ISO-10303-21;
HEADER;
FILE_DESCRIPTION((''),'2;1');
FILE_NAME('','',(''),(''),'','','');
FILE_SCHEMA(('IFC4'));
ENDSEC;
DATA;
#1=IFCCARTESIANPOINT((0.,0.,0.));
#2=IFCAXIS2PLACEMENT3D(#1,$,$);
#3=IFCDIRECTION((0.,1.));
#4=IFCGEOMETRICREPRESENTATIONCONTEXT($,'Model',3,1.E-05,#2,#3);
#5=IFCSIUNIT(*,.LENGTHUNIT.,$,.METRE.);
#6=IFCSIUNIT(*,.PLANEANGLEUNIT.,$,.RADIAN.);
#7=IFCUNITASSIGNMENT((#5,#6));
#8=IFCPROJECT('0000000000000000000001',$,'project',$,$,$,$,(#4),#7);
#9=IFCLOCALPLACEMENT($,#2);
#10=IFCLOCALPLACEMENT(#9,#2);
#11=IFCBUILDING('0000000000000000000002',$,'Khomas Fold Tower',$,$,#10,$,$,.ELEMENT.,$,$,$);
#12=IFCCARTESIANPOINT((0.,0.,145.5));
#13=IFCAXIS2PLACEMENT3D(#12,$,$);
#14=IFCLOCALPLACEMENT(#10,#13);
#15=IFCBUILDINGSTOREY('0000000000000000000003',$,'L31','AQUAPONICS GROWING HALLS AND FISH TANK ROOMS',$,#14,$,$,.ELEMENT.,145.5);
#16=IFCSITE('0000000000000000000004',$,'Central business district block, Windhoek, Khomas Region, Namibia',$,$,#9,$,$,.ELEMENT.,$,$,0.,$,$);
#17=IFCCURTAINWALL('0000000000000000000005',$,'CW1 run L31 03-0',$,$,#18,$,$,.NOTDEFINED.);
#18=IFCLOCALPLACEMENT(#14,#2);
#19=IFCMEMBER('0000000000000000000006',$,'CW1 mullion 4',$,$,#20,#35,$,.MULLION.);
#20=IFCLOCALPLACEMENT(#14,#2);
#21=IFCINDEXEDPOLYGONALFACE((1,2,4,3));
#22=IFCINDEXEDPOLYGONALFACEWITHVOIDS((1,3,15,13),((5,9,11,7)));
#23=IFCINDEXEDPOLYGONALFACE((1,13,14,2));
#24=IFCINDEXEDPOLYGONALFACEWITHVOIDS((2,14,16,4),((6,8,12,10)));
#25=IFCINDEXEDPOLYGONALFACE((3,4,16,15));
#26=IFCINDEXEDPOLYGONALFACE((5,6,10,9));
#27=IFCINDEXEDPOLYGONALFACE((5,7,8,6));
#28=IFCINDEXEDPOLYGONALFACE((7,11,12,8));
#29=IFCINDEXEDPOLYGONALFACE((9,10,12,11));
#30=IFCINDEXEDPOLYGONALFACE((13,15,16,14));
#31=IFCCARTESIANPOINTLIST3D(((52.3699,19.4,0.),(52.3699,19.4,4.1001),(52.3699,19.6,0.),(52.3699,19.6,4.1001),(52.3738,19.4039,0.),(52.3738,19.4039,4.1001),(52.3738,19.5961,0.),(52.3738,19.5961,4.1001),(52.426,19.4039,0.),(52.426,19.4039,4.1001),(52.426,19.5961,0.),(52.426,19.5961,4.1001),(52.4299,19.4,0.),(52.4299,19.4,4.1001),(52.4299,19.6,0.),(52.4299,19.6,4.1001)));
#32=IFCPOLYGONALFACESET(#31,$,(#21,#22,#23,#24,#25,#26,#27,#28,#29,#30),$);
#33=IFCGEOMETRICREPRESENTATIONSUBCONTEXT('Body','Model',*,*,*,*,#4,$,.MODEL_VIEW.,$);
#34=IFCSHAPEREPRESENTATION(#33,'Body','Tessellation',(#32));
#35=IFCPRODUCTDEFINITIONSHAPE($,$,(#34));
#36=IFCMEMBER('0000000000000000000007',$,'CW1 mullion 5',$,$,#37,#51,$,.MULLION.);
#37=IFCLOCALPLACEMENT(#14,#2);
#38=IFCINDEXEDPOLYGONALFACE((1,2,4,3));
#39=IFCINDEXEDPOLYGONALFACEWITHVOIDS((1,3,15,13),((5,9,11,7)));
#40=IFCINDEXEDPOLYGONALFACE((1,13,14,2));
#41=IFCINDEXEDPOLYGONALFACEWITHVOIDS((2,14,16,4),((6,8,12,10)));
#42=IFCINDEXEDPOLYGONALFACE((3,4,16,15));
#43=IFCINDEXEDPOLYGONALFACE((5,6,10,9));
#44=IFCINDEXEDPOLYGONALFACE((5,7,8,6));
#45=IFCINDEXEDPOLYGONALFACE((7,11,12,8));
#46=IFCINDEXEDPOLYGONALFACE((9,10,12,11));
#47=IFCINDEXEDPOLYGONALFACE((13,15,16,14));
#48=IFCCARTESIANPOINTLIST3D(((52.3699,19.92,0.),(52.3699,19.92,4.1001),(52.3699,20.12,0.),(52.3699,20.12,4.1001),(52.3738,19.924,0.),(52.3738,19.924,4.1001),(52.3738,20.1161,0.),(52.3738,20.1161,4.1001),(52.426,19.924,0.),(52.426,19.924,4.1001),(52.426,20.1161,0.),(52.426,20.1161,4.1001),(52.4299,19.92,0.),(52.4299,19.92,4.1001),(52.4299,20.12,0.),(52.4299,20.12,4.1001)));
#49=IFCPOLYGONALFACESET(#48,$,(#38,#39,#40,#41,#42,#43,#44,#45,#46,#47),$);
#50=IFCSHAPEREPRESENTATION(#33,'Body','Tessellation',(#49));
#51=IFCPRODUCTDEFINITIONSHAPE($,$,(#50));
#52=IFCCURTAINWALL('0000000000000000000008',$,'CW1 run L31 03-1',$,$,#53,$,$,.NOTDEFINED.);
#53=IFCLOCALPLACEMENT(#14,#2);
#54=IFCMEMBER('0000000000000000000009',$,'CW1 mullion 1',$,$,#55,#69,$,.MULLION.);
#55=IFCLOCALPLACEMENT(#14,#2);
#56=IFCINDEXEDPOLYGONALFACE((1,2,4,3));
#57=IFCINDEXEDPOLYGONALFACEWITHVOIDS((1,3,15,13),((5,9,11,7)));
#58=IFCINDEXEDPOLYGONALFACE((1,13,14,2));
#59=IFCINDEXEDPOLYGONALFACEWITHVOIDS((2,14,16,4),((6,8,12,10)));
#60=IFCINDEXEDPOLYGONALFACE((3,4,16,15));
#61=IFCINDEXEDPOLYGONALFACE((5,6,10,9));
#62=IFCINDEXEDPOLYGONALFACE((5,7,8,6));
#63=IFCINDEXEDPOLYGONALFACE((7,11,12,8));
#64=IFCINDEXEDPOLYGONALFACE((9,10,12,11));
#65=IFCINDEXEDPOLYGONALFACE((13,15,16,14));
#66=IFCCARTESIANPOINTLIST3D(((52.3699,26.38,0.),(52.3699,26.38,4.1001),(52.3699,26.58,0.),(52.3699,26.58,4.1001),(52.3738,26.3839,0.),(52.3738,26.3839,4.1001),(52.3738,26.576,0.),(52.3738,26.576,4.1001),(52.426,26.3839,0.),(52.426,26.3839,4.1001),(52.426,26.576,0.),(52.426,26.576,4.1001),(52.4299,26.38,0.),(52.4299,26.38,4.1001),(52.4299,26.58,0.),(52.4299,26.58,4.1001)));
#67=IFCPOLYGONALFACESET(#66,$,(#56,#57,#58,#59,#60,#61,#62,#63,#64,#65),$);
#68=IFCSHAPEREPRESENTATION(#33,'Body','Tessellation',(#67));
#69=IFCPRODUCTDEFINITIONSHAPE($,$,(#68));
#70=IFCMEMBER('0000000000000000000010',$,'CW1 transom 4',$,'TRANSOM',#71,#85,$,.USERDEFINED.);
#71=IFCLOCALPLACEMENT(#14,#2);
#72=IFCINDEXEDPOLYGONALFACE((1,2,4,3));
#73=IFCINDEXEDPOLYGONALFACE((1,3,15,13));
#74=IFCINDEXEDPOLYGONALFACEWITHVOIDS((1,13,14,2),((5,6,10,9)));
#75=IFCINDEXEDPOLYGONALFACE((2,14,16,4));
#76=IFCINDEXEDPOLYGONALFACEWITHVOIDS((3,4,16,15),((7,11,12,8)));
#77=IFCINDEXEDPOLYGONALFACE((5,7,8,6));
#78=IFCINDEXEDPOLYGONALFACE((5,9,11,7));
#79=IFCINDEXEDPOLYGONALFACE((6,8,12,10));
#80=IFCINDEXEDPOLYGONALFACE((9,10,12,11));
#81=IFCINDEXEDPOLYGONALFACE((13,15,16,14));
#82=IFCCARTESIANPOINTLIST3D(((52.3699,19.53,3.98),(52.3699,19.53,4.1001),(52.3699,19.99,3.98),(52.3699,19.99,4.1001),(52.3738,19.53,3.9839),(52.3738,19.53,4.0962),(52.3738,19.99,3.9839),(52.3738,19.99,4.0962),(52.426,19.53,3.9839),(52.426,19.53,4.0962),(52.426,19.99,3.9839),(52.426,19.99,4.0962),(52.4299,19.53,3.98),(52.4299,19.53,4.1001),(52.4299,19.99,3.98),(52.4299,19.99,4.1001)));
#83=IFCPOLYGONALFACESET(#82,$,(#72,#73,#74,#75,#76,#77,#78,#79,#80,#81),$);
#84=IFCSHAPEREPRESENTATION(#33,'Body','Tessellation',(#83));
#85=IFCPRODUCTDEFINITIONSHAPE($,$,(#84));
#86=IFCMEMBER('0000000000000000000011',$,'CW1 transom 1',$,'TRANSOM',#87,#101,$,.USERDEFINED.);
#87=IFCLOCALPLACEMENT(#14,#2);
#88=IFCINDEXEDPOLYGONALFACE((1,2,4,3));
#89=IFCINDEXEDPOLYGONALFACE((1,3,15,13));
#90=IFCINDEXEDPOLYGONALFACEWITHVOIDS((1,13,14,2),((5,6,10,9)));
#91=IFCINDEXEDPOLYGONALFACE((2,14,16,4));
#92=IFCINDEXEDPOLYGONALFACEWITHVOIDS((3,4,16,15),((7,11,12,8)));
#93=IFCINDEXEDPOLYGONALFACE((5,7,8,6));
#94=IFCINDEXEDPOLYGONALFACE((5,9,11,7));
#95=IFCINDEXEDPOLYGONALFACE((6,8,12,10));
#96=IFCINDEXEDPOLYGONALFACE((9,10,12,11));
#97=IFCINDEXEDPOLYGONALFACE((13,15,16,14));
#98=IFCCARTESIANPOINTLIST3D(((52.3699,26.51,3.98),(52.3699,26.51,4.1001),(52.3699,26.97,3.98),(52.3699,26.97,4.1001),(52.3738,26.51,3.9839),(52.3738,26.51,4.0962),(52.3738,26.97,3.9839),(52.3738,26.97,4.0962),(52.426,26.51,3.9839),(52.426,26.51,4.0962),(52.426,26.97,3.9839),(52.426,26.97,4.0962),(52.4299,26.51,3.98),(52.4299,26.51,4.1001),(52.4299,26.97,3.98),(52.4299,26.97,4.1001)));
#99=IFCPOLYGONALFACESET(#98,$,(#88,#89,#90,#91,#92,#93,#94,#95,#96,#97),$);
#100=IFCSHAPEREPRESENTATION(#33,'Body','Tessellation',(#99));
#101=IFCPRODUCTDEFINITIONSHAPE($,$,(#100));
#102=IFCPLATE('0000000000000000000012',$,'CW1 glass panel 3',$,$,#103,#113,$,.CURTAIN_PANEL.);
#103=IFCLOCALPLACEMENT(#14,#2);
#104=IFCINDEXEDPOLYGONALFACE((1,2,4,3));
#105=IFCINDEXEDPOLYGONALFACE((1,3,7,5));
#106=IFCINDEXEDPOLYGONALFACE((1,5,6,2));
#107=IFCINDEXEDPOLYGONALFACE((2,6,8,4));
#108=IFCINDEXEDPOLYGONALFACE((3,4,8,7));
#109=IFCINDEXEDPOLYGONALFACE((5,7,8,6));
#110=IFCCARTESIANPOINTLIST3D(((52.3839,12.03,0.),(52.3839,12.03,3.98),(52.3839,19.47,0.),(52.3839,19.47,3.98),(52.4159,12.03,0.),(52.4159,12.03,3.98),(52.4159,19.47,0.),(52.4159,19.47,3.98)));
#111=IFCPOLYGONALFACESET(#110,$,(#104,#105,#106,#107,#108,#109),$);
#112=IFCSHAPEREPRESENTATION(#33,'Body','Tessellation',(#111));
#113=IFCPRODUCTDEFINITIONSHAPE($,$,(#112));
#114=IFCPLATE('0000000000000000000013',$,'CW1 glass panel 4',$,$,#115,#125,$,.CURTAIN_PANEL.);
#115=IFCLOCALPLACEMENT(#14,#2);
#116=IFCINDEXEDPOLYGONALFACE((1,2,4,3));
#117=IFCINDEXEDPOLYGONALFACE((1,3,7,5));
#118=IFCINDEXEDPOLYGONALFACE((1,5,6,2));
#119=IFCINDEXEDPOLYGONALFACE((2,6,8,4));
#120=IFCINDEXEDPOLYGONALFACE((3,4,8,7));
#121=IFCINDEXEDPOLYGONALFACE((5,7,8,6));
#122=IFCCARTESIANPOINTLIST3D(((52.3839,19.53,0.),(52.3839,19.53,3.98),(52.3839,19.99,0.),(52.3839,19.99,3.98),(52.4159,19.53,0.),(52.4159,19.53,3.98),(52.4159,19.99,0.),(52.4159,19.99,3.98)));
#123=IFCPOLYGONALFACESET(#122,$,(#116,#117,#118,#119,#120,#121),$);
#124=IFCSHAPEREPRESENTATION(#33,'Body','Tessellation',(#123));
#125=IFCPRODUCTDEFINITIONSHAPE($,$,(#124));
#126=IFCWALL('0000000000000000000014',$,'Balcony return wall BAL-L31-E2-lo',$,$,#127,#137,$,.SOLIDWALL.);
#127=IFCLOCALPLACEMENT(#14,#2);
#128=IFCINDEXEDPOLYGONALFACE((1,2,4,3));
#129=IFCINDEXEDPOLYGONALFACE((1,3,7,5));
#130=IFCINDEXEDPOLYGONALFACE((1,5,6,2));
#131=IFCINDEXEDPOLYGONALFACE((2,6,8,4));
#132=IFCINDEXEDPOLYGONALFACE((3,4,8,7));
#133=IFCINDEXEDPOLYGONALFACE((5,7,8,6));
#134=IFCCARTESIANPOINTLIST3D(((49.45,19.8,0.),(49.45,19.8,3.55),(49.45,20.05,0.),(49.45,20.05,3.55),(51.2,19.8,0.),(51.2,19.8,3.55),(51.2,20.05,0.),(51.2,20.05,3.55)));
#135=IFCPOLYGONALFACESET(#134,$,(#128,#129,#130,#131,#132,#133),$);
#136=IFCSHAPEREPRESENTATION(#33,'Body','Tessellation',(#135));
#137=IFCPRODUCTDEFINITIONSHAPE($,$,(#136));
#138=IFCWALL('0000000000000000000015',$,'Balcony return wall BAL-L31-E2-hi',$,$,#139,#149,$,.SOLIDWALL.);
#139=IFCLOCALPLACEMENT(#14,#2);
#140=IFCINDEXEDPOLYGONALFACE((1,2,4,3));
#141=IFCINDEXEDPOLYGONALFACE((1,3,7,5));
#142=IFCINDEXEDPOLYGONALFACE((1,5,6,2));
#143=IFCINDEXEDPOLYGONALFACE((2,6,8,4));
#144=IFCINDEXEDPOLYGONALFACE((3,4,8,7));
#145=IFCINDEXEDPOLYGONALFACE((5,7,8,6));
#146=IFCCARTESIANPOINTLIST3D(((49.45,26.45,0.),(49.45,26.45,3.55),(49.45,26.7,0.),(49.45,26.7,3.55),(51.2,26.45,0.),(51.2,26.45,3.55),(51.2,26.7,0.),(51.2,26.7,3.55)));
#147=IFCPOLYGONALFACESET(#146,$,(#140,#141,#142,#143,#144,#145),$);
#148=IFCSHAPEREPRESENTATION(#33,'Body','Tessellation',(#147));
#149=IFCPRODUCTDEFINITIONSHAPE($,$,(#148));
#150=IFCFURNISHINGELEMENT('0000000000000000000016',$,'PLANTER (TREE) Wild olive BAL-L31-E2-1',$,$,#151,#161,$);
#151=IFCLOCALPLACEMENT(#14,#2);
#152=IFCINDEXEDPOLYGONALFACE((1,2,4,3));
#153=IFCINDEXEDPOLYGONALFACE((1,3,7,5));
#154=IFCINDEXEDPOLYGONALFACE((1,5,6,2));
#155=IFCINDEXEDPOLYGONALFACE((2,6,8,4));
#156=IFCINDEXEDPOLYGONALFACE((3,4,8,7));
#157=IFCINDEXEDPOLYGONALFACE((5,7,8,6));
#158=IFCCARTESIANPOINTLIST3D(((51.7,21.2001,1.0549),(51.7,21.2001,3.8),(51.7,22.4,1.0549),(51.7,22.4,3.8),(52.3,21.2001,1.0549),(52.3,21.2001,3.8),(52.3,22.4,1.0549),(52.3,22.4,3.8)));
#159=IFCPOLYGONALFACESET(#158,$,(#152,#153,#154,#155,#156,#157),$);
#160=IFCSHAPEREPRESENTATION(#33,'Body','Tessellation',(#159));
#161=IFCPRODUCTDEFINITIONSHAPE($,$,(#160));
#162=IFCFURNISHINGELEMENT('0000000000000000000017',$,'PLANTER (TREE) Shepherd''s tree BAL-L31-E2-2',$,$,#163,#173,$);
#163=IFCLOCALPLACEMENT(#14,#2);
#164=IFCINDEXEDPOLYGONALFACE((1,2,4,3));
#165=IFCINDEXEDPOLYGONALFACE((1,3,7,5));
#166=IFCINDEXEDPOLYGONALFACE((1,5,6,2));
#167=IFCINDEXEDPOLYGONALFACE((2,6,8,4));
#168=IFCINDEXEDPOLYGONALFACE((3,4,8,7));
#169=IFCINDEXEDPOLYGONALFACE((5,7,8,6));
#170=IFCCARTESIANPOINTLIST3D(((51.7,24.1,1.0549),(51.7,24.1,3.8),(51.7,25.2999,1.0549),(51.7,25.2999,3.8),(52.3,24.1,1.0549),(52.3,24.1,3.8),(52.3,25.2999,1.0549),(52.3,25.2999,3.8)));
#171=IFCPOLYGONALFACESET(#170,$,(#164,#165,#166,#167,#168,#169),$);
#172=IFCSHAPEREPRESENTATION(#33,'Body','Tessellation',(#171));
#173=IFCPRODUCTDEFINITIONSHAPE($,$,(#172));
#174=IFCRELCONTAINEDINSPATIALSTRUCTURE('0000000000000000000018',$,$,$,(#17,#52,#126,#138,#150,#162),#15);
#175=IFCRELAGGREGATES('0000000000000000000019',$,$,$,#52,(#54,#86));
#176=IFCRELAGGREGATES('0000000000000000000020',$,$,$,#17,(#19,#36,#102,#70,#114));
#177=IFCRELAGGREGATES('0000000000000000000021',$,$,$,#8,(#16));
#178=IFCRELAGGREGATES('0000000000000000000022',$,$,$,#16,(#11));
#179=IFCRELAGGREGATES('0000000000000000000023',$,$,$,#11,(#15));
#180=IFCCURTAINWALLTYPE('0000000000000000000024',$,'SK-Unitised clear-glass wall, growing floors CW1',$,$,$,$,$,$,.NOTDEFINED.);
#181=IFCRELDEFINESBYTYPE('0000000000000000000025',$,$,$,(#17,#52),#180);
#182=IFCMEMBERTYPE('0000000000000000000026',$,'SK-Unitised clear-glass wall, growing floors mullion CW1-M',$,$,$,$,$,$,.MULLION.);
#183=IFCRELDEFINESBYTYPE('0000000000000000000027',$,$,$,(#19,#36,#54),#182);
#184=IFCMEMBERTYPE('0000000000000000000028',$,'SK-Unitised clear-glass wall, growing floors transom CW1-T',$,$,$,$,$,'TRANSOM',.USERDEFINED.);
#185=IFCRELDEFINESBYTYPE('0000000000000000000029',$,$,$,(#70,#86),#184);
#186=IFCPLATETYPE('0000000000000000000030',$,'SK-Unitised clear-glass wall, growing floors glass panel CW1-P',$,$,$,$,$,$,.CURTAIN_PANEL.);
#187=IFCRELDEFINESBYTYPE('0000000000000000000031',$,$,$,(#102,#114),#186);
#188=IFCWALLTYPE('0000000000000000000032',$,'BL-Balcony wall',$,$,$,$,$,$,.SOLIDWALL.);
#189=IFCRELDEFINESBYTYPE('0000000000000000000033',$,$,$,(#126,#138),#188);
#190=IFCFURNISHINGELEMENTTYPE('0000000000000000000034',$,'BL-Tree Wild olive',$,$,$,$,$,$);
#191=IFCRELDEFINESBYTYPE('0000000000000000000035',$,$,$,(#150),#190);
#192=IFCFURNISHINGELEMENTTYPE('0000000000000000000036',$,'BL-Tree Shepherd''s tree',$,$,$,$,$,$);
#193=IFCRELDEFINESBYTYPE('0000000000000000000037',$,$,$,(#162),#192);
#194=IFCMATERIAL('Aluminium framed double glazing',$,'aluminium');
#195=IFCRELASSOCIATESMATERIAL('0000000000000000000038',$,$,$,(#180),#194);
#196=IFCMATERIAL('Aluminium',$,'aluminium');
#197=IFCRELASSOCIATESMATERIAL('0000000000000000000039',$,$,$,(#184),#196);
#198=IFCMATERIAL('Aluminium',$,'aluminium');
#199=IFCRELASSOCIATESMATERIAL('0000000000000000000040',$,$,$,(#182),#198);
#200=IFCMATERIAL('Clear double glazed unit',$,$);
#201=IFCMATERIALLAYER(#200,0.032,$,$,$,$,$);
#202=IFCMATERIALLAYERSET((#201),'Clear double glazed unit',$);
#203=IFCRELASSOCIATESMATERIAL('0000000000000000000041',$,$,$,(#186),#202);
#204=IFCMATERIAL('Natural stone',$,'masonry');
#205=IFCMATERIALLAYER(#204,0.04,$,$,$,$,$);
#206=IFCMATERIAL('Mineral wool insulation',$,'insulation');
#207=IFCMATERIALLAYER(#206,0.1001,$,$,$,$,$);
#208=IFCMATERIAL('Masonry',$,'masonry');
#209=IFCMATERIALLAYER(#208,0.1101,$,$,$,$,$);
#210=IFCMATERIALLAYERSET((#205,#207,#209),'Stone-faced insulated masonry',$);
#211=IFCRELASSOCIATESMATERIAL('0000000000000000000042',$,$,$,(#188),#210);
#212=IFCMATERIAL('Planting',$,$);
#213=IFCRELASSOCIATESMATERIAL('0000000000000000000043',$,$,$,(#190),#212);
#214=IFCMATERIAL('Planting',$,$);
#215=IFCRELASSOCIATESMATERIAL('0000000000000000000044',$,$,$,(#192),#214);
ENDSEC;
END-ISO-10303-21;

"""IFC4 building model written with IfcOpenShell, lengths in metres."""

from ifc_helpers import new_model, si_unit, direction, frame, frame_2d, origin, origin_2d, place, context, subcontext, project, spatial, rectangle, hollow_rectangle, extrude, source, transform, mapped, material, layer, layer_set, material_profile, profile_set, type_object, element, aggregate, save


model = new_model("IFC4")

# Units and contexts
model_context = context("Model", 3, precision=1e-05, world=origin(), true_north=direction((0.0, 1.0)))
body_context = subcontext(model_context, "Body", "Model", "MODEL_VIEW")
ifc_project = project(units=[si_unit("LENGTHUNIT", "METRE"), si_unit("PLANEANGLEUNIT", "RADIAN")], contexts=[model_context])

# Site, building, storey
site_placement = place(None, origin())
site = spatial("IfcSite", under=ifc_project, at=site_placement, Name="Central business district block, Windhoek, Khomas Region, Namibia", CompositionType="ELEMENT", RefElevation=0.0)
building_placement = place(site_placement, origin())
building = spatial("IfcBuilding", under=site, at=building_placement, Name="Khomas Fold Tower", CompositionType="ELEMENT")
storey_placement = place(building_placement, frame((0.0, 0.0, 145.5)))
storey = spatial("IfcBuildingStorey", under=building, at=storey_placement, Name="L31", Description="AQUAPONICS GROWING HALLS AND FISH TANK ROOMS", CompositionType="ELEMENT", Elevation=145.5)

# Curtain wall, members
ifc_material_1 = material(Name="Aluminium framed double glazing", Category="aluminium")
curtain_wall_type = type_object("IfcCurtainWallType", Name="SK-Unitised clear-glass wall, growing floors CW1", PredefinedType="NOTDEFINED", material=ifc_material_1)
curtain_wall_1_placement = place(storey_placement, origin())
curtain_wall_1 = element("IfcCurtainWall", 1, at=curtain_wall_1_placement, inside=storey, type_object=curtain_wall_type, Name="CW1 run L31 03-0", PredefinedType="NOTDEFINED")
ifc_material_2 = material(Name="Aluminium", Category="aluminium")
ifc_material_profile_1 = material_profile(ifc_material_2, hollow_rectangle(XDim=0.0601, YDim=0.1201, WallThickness=0.0039, at=origin_2d()), Name="SK-Unitised clear-glass wall, growing floors transom CW1-T")
ifc_profile_set_1 = profile_set([ifc_material_profile_1], Name="Aluminium")
member_type_1 = type_object("IfcMemberType", Name="SK-Unitised clear-glass wall, growing floors transom CW1-T", ElementType="TRANSOM", PredefinedType="USERDEFINED", material=ifc_profile_set_1)
ifc_material_3 = material(Name="Aluminium", Category="aluminium")
ifc_material_profile_2 = material_profile(ifc_material_3, hollow_rectangle(XDim=0.0601, YDim=0.2, WallThickness=0.0039, at=origin_2d()), Name="SK-Unitised clear-glass wall, growing floors mullion CW1-M")
ifc_profile_set_2 = profile_set([ifc_material_profile_2], Name="Aluminium")
member_type_2 = type_object("IfcMemberType", Name="SK-Unitised clear-glass wall, growing floors mullion CW1-M", PredefinedType="MULLION", material=ifc_profile_set_2)
shared_shape_1 = source(origin(), body_context, "Body", "SweptSolid", [
    extrude(hollow_rectangle(XDim=0.0601, YDim=0.2, WallThickness=0.0039, at=origin_2d()), origin(), (0.0, 0.0, 1.0), 4.1001),
])
member_1_placement = place(storey_placement, frame((52.3999, 19.5, 0.0), z_axis=(0.0, 0.0, 1.0), x_axis=(-1.0, 0.0, 0.0)))
member_1 = element("IfcMember", 2, at=member_1_placement, type_object=member_type_2, Name="CW1 mullion 4", PredefinedType="MULLION", context=body_context, shape_type="MappedRepresentation", body=[
    mapped(shared_shape_1, transform((0.0, 0.0, 0.0))),
])
member_2_placement = place(storey_placement, frame((52.3999, 20.02, 0.0), z_axis=(0.0, 0.0, 1.0), x_axis=(-1.0, 0.0, 0.0)))
member_2 = element("IfcMember", 3, at=member_2_placement, type_object=member_type_2, Name="CW1 mullion 5", PredefinedType="MULLION", context=body_context, shape_type="MappedRepresentation", body=[
    mapped(shared_shape_1, transform((0.0, 0.0, 0.0))),
])

# Curtain wall, member
curtain_wall_2_placement = place(storey_placement, origin())
curtain_wall_2 = element("IfcCurtainWall", 4, at=curtain_wall_2_placement, inside=storey, type_object=curtain_wall_type, Name="CW1 run L31 03-1", PredefinedType="NOTDEFINED")
member_3_placement = place(storey_placement, frame((52.3999, 26.48, 0.0), z_axis=(0.0, 0.0, 1.0), x_axis=(-1.0, 0.0, 0.0)))
member_3 = element("IfcMember", 5, at=member_3_placement, type_object=member_type_2, Name="CW1 mullion 1", PredefinedType="MULLION", context=body_context, shape_type="MappedRepresentation", body=[
    mapped(shared_shape_1, transform((0.0, 0.0, 0.0))),
])

# Members
shared_shape_2 = source(origin(), body_context, "Body", "SweptSolid", [
    extrude(hollow_rectangle(XDim=0.0601, YDim=0.1201, WallThickness=0.0039, at=origin_2d()), origin(), (0.0, 0.0, 1.0), 0.46),
])
member_4_placement = place(storey_placement, frame((52.3999, 19.53, 4.04), z_axis=(0.0, 1.0, 0.0), x_axis=(-1.0, 0.0, 0.0)))
member_4 = element("IfcMember", 6, at=member_4_placement, type_object=member_type_1, Name="CW1 transom 4", ObjectType="TRANSOM", PredefinedType="USERDEFINED", context=body_context, shape_type="MappedRepresentation", body=[
    mapped(shared_shape_2, transform((0.0, 0.0, 0.0))),
])
member_5_placement = place(storey_placement, frame((52.3999, 26.51, 4.04), z_axis=(0.0, 1.0, 0.0), x_axis=(-1.0, 0.0, 0.0)))
member_5 = element("IfcMember", 7, at=member_5_placement, type_object=member_type_1, Name="CW1 transom 1", ObjectType="TRANSOM", PredefinedType="USERDEFINED", context=body_context, shape_type="MappedRepresentation", body=[
    mapped(shared_shape_2, transform((0.0, 0.0, 0.0))),
])
aggregate(curtain_wall_2, [member_3, member_5])

# Plates
ifc_material_4 = material(Name="Clear double glazed unit")
ifc_layer_1 = layer(ifc_material_4, 0.032)
ifc_layer_set_1 = layer_set([ifc_layer_1], Name="Clear double glazed unit")
plate_type = type_object("IfcPlateType", Name="SK-Unitised clear-glass wall, growing floors glass panel CW1-P", PredefinedType="CURTAIN_PANEL", material=ifc_layer_set_1)
shared_shape_3 = source(origin(), body_context, "Body", "SweptSolid", [
    extrude(rectangle(XDim=7.4399, YDim=0.032, at=origin_2d()), origin(), (0.0, 0.0, 1.0), 3.98),
])
plate_1_placement = place(storey_placement, frame((52.3999, 15.75, 0.0), z_axis=(0.0, 0.0, 1.0), x_axis=(0.0, 1.0, 0.0)))
plate_1 = element("IfcPlate", 8, at=plate_1_placement, type_object=plate_type, Name="CW1 glass panel 3", PredefinedType="CURTAIN_PANEL", context=body_context, shape_type="MappedRepresentation", body=[
    mapped(shared_shape_3, transform((0.0, 0.0, 0.0))),
])
shared_shape_4 = source(origin(), body_context, "Body", "SweptSolid", [
    extrude(rectangle(XDim=0.46, YDim=0.032, at=origin_2d()), origin(), (0.0, 0.0, 1.0), 3.98),
])
plate_2_placement = place(storey_placement, frame((52.3999, 19.76, 0.0), z_axis=(0.0, 0.0, 1.0), x_axis=(0.0, 1.0, 0.0)))
plate_2 = element("IfcPlate", 9, at=plate_2_placement, type_object=plate_type, Name="CW1 glass panel 4", PredefinedType="CURTAIN_PANEL", context=body_context, shape_type="MappedRepresentation", body=[
    mapped(shared_shape_4, transform((0.0, 0.0, 0.0))),
])
aggregate(curtain_wall_1, [member_1, member_2, plate_1, member_4, plate_2])

# Shared definitions
ifc_material_5 = material(Name="Natural stone", Category="masonry")
ifc_layer_2 = layer(ifc_material_5, 0.04)
ifc_material_6 = material(Name="Mineral wool insulation", Category="insulation")
ifc_layer_3 = layer(ifc_material_6, 0.1001)
ifc_material_7 = material(Name="Masonry", Category="masonry")
ifc_layer_4 = layer(ifc_material_7, 0.1101)
ifc_layer_set_2 = layer_set([ifc_layer_2, ifc_layer_3, ifc_layer_4], Name="Stone-faced insulated masonry")
wall_type = type_object("IfcWallType", Name="BL-Balcony wall", PredefinedType="SOLIDWALL", material=ifc_layer_set_2)

# Walls
shared_shape_5 = source(origin(), body_context, "Body", "SweptSolid", [
    extrude(rectangle(XDim=1.75, YDim=0.25, at=frame_2d((0.875, 0.0))), origin(), (0.0, 0.0, 1.0), 3.55),
])
for number, where, z_axis, x_axis, name in (
    (10, (51.2, 19.925, 0.0), (0.0, 0.0, 1.0), (-1.0, 0.0, 0.0), "Balcony return wall BAL-L31-E2-lo"),
    (11, (51.2, 26.575, 0.0), (0.0, 0.0, 1.0), (-1.0, 0.0, 0.0), "Balcony return wall BAL-L31-E2-hi"),
):
    element("IfcWall", number, at=place(storey_placement, frame(where, z_axis=z_axis, x_axis=x_axis)), inside=storey, type_object=wall_type, Name=name, PredefinedType="SOLIDWALL", context=body_context, shape_type="MappedRepresentation", body=[
        mapped(shared_shape_5, transform((0.0, 0.0, 0.0))),
    ])

# Furnishing elements
ifc_material_8 = material(Name="Planting")
furnishing_element_type_1 = type_object("IfcFurnishingElementType", Name="BL-Tree Wild olive", material=ifc_material_8)
shared_shape_6 = source(origin(), body_context, "Body", "SweptSolid", [
    extrude(rectangle(XDim=1.2, YDim=0.6001, at=origin_2d()), origin(), (0.0, 0.0, 1.0), 2.7451),
])
furnishing_1_placement = place(storey_placement, frame((52.0, 21.8, 1.0549), z_axis=(0.0, 0.0, 1.0), x_axis=(0.0, 1.0, 0.0)))
element("IfcFurnishingElement", 12, at=furnishing_1_placement, inside=storey, type_object=furnishing_element_type_1, Name="PLANTER (TREE) Wild olive BAL-L31-E2-1", context=body_context, shape_type="MappedRepresentation", body=[
    mapped(shared_shape_6, transform((0.0, 0.0, 0.0))),
])
ifc_material_9 = material(Name="Planting")
furnishing_element_type_2 = type_object("IfcFurnishingElementType", Name="BL-Tree Shepherd's tree", material=ifc_material_9)
furnishing_2_placement = place(storey_placement, frame((52.0, 24.7, 1.0549), z_axis=(0.0, 0.0, 1.0), x_axis=(0.0, 1.0, 0.0)))
element("IfcFurnishingElement", 13, at=furnishing_2_placement, inside=storey, type_object=furnishing_element_type_2, Name="PLANTER (TREE) Shepherd's tree BAL-L31-E2-2", context=body_context, shape_type="MappedRepresentation", body=[
    mapped(shared_shape_6, transform((0.0, 0.0, 0.0))),
])

save(model, "model.ifc")
